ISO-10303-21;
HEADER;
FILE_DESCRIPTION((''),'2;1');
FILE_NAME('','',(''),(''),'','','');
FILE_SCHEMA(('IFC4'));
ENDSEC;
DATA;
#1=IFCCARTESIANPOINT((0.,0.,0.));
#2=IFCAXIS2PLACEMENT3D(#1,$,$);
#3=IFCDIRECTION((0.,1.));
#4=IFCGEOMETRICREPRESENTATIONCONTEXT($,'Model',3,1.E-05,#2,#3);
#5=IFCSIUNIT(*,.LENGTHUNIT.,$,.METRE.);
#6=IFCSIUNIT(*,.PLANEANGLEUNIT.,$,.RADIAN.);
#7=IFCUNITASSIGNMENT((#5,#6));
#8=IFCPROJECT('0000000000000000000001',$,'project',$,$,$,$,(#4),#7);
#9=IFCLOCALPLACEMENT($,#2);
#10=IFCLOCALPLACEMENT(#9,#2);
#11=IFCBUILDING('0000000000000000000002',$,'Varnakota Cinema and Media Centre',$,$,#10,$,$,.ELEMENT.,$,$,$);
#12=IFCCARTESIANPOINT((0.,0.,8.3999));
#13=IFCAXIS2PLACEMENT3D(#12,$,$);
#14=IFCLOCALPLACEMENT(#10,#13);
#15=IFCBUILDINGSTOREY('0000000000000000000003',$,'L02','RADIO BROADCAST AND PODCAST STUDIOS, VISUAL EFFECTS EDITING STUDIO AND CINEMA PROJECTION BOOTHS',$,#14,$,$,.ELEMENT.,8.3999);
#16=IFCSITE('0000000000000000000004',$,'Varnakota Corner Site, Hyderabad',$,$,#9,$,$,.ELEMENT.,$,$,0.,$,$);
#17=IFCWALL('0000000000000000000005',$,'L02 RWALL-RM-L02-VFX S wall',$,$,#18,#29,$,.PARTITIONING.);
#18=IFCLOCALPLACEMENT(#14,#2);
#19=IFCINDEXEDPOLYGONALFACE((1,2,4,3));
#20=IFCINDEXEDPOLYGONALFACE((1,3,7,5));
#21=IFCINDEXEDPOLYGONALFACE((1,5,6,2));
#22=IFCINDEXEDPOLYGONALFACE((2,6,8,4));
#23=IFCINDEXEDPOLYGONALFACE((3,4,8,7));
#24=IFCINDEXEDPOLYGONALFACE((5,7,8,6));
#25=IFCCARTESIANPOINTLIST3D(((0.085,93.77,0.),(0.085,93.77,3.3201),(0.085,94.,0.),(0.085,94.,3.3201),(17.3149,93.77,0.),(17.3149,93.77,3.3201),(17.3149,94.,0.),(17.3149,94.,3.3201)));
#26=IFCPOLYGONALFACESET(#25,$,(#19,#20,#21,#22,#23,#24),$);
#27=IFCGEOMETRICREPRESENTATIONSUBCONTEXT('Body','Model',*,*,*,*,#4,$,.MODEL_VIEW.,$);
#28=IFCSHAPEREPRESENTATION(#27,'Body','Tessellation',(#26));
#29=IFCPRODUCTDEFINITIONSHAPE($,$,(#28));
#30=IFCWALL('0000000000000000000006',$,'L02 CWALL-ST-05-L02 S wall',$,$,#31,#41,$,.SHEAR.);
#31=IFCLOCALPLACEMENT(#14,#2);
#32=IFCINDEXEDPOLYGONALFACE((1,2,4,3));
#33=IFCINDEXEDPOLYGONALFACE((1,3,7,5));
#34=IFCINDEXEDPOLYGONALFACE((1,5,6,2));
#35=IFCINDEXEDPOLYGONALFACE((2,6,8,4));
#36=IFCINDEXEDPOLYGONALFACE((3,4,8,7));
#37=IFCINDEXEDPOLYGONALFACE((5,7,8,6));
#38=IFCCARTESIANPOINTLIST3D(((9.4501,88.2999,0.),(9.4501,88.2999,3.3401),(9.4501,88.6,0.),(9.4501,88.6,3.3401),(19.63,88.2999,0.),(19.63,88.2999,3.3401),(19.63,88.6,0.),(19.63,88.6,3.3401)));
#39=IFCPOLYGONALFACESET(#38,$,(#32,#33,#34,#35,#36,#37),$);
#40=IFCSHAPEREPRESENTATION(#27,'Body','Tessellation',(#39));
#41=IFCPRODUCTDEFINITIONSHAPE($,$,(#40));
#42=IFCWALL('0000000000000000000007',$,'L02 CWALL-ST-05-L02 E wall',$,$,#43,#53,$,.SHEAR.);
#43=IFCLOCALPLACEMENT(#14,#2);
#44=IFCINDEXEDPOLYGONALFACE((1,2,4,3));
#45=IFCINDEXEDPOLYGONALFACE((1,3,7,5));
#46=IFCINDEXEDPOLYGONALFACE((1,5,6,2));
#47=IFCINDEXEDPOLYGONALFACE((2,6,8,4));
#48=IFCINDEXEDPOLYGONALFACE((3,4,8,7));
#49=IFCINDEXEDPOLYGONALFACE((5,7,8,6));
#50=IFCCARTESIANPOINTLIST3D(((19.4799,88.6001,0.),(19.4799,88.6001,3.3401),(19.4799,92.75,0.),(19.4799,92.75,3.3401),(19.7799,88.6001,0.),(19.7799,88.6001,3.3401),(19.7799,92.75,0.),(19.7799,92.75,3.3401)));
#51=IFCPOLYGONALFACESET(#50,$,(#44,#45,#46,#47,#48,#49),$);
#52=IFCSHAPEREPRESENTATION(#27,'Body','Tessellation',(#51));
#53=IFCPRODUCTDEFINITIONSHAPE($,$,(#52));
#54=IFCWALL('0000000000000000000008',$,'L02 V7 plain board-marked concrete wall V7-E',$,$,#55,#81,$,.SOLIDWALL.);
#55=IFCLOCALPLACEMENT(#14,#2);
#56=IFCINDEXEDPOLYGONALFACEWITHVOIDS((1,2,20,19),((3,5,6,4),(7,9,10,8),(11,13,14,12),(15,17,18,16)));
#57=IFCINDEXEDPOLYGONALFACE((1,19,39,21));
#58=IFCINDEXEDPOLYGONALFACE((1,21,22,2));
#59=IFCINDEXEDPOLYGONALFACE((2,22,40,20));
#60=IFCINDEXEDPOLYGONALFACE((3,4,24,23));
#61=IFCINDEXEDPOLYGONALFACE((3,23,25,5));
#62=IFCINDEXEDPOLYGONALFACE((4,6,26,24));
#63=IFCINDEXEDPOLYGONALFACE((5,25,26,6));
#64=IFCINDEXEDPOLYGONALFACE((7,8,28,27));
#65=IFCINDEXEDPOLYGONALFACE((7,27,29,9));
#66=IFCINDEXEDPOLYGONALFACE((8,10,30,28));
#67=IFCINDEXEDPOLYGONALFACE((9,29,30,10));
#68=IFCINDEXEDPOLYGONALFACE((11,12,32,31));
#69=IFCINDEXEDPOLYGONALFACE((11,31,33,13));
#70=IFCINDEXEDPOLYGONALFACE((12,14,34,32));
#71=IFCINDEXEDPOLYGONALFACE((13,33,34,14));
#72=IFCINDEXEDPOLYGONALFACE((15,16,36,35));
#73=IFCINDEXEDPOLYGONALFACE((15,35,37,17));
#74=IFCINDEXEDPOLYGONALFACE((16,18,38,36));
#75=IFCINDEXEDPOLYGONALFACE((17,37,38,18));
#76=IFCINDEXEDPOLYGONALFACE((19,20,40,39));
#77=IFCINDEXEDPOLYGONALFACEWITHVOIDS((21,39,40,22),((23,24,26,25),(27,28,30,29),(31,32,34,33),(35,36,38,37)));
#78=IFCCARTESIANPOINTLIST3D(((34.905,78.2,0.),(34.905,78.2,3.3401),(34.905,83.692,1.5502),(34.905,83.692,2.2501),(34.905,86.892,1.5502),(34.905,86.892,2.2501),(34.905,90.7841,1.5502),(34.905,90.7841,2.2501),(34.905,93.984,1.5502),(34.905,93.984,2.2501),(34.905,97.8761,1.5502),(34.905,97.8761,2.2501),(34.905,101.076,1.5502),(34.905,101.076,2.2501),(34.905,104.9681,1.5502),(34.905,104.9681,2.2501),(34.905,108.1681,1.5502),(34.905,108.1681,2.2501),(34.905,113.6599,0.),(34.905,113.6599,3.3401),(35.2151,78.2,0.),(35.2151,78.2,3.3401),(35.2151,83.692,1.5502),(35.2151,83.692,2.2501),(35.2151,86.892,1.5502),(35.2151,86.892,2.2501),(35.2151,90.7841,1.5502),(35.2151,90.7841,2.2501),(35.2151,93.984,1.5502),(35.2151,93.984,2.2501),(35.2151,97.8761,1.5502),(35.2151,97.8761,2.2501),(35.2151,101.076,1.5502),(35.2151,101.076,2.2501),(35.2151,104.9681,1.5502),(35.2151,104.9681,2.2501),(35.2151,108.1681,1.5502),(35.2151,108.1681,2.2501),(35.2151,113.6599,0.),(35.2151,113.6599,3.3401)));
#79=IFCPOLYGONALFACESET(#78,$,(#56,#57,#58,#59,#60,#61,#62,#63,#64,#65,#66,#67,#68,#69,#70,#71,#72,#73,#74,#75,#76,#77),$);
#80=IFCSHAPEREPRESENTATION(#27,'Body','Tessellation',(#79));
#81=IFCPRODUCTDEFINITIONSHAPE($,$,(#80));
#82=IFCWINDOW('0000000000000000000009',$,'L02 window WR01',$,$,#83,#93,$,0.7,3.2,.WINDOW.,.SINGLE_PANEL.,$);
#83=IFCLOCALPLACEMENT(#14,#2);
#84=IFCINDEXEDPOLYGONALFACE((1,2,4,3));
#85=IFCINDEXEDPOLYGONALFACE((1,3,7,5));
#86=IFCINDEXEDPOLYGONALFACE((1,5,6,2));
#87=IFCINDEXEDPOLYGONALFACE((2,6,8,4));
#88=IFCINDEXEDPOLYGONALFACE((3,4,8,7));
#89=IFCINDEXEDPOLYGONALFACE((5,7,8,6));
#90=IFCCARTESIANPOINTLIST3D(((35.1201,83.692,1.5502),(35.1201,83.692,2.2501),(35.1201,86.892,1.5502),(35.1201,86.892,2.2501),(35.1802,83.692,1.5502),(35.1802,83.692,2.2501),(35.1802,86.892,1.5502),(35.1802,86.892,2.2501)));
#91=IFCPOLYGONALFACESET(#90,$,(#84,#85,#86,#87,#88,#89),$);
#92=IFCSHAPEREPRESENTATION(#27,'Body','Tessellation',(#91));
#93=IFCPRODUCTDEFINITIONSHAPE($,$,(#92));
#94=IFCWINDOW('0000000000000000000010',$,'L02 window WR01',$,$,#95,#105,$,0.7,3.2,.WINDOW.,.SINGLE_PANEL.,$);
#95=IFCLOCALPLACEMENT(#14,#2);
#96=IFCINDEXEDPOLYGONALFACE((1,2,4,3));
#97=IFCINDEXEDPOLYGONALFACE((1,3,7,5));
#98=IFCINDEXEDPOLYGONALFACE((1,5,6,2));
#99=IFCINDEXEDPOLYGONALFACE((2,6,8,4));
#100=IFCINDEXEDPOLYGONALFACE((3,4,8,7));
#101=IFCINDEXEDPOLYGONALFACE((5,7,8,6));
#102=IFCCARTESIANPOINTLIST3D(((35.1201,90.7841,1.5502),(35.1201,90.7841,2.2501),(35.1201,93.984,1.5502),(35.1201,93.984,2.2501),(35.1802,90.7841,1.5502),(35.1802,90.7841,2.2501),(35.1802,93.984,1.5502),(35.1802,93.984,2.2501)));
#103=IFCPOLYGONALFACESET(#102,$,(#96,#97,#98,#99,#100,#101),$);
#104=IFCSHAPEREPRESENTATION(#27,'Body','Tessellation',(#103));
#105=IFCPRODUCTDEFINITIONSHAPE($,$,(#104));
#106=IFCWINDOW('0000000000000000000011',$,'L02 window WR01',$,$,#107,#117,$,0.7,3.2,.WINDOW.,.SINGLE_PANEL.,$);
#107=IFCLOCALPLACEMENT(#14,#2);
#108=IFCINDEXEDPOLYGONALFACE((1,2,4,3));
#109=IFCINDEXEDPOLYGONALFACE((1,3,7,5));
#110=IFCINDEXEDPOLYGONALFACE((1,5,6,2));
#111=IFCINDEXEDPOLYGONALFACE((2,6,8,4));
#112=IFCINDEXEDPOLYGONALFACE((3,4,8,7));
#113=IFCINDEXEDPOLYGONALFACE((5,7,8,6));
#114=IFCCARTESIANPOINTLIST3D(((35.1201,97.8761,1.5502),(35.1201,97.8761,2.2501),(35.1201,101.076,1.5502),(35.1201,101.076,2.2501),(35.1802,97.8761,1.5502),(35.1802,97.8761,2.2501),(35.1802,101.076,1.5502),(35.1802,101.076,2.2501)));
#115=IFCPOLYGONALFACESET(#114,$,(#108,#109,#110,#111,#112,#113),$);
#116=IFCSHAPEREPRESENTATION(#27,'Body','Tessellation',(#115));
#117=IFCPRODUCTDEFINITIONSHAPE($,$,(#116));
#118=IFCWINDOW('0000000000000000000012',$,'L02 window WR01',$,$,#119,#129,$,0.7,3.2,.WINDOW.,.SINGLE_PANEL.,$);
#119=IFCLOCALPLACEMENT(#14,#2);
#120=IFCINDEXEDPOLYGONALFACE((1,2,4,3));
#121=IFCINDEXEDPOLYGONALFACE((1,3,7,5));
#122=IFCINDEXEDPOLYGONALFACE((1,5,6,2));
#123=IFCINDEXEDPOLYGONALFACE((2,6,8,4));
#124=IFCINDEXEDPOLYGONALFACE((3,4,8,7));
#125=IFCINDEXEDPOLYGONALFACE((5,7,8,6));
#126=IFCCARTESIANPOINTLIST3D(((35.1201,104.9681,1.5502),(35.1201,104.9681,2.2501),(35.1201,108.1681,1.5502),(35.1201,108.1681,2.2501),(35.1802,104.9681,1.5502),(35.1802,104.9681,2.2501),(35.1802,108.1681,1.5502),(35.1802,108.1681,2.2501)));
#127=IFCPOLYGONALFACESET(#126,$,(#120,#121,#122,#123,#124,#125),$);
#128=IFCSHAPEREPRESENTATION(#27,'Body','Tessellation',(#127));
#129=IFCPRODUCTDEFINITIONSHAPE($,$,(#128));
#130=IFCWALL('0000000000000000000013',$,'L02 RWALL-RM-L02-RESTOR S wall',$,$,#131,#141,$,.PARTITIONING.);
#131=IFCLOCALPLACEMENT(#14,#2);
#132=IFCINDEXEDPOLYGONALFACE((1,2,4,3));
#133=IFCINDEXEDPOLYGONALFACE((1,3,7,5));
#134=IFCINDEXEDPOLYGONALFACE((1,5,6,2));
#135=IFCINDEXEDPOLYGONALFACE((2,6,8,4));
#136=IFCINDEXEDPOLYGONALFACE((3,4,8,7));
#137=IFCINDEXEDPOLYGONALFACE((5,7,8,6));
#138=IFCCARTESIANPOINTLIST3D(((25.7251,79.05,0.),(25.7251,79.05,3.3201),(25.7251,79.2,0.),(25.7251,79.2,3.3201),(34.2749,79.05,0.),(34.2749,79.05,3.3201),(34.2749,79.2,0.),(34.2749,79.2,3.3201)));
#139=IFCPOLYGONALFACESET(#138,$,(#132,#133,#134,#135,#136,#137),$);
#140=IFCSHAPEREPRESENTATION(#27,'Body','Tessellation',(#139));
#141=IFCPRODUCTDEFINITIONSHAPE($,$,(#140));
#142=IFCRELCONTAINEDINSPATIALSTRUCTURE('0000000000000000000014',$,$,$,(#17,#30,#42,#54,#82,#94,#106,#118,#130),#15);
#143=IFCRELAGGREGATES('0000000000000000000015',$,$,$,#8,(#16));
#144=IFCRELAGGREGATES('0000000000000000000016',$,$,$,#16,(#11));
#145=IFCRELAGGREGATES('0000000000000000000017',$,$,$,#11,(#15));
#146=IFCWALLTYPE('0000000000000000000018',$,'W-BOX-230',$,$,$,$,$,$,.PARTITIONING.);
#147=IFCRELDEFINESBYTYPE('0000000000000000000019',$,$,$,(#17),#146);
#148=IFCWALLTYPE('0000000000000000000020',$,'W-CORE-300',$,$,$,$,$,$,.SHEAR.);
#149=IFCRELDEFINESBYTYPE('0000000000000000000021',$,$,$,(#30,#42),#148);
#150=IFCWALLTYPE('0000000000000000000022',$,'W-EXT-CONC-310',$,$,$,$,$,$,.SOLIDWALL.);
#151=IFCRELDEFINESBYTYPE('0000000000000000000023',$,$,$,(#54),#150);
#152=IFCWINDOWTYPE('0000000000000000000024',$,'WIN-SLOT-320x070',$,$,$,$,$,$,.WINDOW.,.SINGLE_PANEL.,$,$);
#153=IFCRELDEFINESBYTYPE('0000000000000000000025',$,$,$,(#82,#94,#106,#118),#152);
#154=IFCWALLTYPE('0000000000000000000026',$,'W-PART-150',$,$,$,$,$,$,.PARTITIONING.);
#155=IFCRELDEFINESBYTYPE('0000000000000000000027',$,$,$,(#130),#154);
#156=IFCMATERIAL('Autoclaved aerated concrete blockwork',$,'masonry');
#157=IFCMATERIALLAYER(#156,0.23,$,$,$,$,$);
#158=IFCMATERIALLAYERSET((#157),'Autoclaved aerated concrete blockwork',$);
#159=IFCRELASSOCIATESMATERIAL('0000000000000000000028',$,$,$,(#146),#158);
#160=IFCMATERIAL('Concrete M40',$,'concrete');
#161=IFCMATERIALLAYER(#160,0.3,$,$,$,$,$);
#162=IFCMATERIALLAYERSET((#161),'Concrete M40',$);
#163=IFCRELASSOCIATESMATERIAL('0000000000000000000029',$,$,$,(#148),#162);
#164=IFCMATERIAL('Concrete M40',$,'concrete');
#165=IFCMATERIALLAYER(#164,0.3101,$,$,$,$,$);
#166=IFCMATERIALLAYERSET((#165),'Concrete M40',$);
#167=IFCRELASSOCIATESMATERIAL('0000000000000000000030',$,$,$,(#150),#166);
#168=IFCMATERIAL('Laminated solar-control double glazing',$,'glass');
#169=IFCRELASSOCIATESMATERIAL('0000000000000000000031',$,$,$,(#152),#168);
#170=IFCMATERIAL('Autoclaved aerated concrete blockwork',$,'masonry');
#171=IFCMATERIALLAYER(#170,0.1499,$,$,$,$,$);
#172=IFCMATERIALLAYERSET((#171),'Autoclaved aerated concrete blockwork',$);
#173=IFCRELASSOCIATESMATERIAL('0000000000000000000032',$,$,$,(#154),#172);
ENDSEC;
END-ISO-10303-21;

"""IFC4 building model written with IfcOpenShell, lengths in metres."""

from ifc_helpers import new_model, si_unit, direction, frame, frame_2d, origin, place, context, subcontext, project, spatial, rectangle, extrude, material, layer, layer_set, type_object, element, fill, save


model = new_model("IFC4")

# Units and contexts
model_context = context("Model", 3, precision=1e-05, world=origin(), true_north=direction((0.0, 1.0)))
body_context = subcontext(model_context, "Body", "Model", "MODEL_VIEW")
ifc_project = project(units=[si_unit("LENGTHUNIT", "METRE"), si_unit("PLANEANGLEUNIT", "RADIAN")], contexts=[model_context])

# Site, building, storey
site_placement = place(None, origin())
site = spatial("IfcSite", under=ifc_project, at=site_placement, Name="Varnakota Corner Site, Hyderabad", CompositionType="ELEMENT", RefElevation=0.0)
building_placement = place(site_placement, origin())
building = spatial("IfcBuilding", under=site, at=building_placement, Name="Varnakota Cinema and Media Centre", CompositionType="ELEMENT")
storey_placement = place(building_placement, frame((0.0, 0.0, 8.3999)))
storey = spatial("IfcBuildingStorey", under=building, at=storey_placement, Name="L02", Description="RADIO BROADCAST AND PODCAST STUDIOS, VISUAL EFFECTS EDITING STUDIO AND CINEMA PROJECTION BOOTHS", CompositionType="ELEMENT", Elevation=8.3999)

# Walls
ifc_material_1 = material(Name="Autoclaved aerated concrete blockwork", Category="masonry")
ifc_layer_1 = layer(ifc_material_1, 0.23)
ifc_layer_set_1 = layer_set([ifc_layer_1], Name="Autoclaved aerated concrete blockwork")
wall_type_1 = type_object("IfcWallType", Name="W-BOX-230", PredefinedType="PARTITIONING", material=ifc_layer_set_1)
wall_1_placement = place(storey_placement, frame((17.3149, 93.885, 0.0), z_axis=(0.0, 0.0, 1.0), x_axis=(-1.0, 0.0, 0.0)))
element("IfcWall", 1, at=wall_1_placement, inside=storey, type_object=wall_type_1, Name="L02 RWALL-RM-L02-VFX S wall", PredefinedType="PARTITIONING", context=body_context, shape_type="SweptSolid", body=[
    extrude(rectangle(XDim=17.23, YDim=0.23, at=frame_2d((8.615, 0.0))), origin(), (0.0, 0.0, 1.0), 3.3201),
])
ifc_material_2 = material(Name="Concrete M40", Category="concrete")
ifc_layer_2 = layer(ifc_material_2, 0.3)
ifc_layer_set_2 = layer_set([ifc_layer_2], Name="Concrete M40")
wall_type_2 = type_object("IfcWallType", Name="W-CORE-300", PredefinedType="SHEAR", material=ifc_layer_set_2)
wall_2_placement = place(storey_placement, frame((19.6299, 88.45, 0.0), z_axis=(0.0, 0.0, 1.0), x_axis=(-1.0, 0.0, 0.0)))
element("IfcWall", 2, at=wall_2_placement, inside=storey, type_object=wall_type_2, Name="L02 CWALL-ST-05-L02 S wall", PredefinedType="SHEAR", context=body_context, shape_type="SweptSolid", body=[
    extrude(rectangle(XDim=10.1799, YDim=0.3, at=frame_2d((5.0898, 0.0))), origin(), (0.0, 0.0, 1.0), 3.3401),
])
wall_3_placement = place(storey_placement, frame((19.6299, 92.75, 0.0), z_axis=(0.0, 0.0, 1.0), x_axis=(0.0, -1.0, 0.0)))
element("IfcWall", 3, at=wall_3_placement, inside=storey, type_object=wall_type_2, Name="L02 CWALL-ST-05-L02 E wall", PredefinedType="SHEAR", context=body_context, shape_type="SweptSolid", body=[
    extrude(rectangle(XDim=4.1499, YDim=0.3, at=frame_2d((2.075, 0.0))), origin(), (0.0, 0.0, 1.0), 3.3401),
])

# Wall, openings, windows
ifc_material_3 = material(Name="Concrete M40", Category="concrete")
ifc_layer_3 = layer(ifc_material_3, 0.3101)
ifc_layer_set_3 = layer_set([ifc_layer_3], Name="Concrete M40")
wall_type_3 = type_object("IfcWallType", Name="W-EXT-CONC-310", PredefinedType="SOLIDWALL", material=ifc_layer_set_3)
wall_4_placement = place(storey_placement, frame((35.0601, 78.2, 0.0), z_axis=(0.0, 0.0, 1.0), x_axis=(0.0, 1.0, 0.0)))
wall_4 = element("IfcWall", 4, at=wall_4_placement, inside=storey, type_object=wall_type_3, Name="L02 V7 plain board-marked concrete wall V7-E", PredefinedType="SOLIDWALL", context=body_context, shape_type="SweptSolid", body=[
    extrude(rectangle(XDim=35.46, YDim=0.3101, at=frame_2d((17.73, 0.0))), origin(), (0.0, 0.0, 1.0), 3.3401),
])
opening_1_placement = place(wall_4_placement, frame((5.4919, 0.0, 1.55)))
opening_1 = element("IfcOpeningElement", 5, at=opening_1_placement, cuts=wall_4, PredefinedType="OPENING", context=body_context, shape_type="SweptSolid", body=[
    extrude(rectangle(XDim=3.2, YDim=0.7, at=frame_2d((1.6001, 0.3501))), frame((0.0, 0.155, 0.0), z_axis=(0.0, -1.0, 0.0), x_axis=(1.0, 0.0, 0.0)), (0.0, 0.0, 1.0), 0.3101),
])
opening_2_placement = place(wall_4_placement, frame((12.584, 0.0, 1.55)))
opening_2 = element("IfcOpeningElement", 6, at=opening_2_placement, cuts=wall_4, PredefinedType="OPENING", context=body_context, shape_type="SweptSolid", body=[
    extrude(rectangle(XDim=3.2, YDim=0.7, at=frame_2d((1.6001, 0.3501))), frame((0.0, 0.155, 0.0), z_axis=(0.0, -1.0, 0.0), x_axis=(1.0, 0.0, 0.0)), (0.0, 0.0, 1.0), 0.3101),
])
opening_3_placement = place(wall_4_placement, frame((19.676, 0.0, 1.55)))
opening_3 = element("IfcOpeningElement", 7, at=opening_3_placement, cuts=wall_4, PredefinedType="OPENING", context=body_context, shape_type="SweptSolid", body=[
    extrude(rectangle(XDim=3.2, YDim=0.7, at=frame_2d((1.6001, 0.3501))), frame((0.0, 0.155, 0.0), z_axis=(0.0, -1.0, 0.0), x_axis=(1.0, 0.0, 0.0)), (0.0, 0.0, 1.0), 0.3101),
])
opening_4_placement = place(wall_4_placement, frame((26.7681, 0.0, 1.55)))
opening_4 = element("IfcOpeningElement", 8, at=opening_4_placement, cuts=wall_4, PredefinedType="OPENING", context=body_context, shape_type="SweptSolid", body=[
    extrude(rectangle(XDim=3.2, YDim=0.7, at=frame_2d((1.6001, 0.3501))), frame((0.0, 0.155, 0.0), z_axis=(0.0, -1.0, 0.0), x_axis=(1.0, 0.0, 0.0)), (0.0, 0.0, 1.0), 0.3101),
])
ifc_material_4 = material(Name="Laminated solar-control double glazing", Category="glass")
window_type = type_object("IfcWindowType", Name="WIN-SLOT-320x070", PartitioningType="SINGLE_PANEL", PredefinedType="WINDOW", material=ifc_material_4)
window_1_placement = place(opening_1_placement, origin())
window_1 = element("IfcWindow", 9, at=window_1_placement, inside=storey, type_object=window_type, Name="L02 window WR01", OverallHeight=0.7, OverallWidth=3.2, PartitioningType="SINGLE_PANEL", PredefinedType="WINDOW", context=body_context, shape_type="SweptSolid", body=[
    extrude(rectangle(XDim=3.2, YDim=0.7, at=frame_2d((1.6001, 0.3501))), frame((0.0, -0.0601, 0.0), z_axis=(0.0, -1.0, 0.0), x_axis=(1.0, 0.0, 0.0)), (0.0, 0.0, 1.0), 0.0601),
])
fill(opening_1, window_1)
window_2_placement = place(opening_2_placement, origin())
window_2 = element("IfcWindow", 10, at=window_2_placement, inside=storey, type_object=window_type, Name="L02 window WR01", OverallHeight=0.7, OverallWidth=3.2, PartitioningType="SINGLE_PANEL", PredefinedType="WINDOW", context=body_context, shape_type="SweptSolid", body=[
    extrude(rectangle(XDim=3.2, YDim=0.7, at=frame_2d((1.6001, 0.3501))), frame((0.0, -0.0601, 0.0), z_axis=(0.0, -1.0, 0.0), x_axis=(1.0, 0.0, 0.0)), (0.0, 0.0, 1.0), 0.0601),
])
fill(opening_2, window_2)
window_3_placement = place(opening_3_placement, origin())
window_3 = element("IfcWindow", 11, at=window_3_placement, inside=storey, type_object=window_type, Name="L02 window WR01", OverallHeight=0.7, OverallWidth=3.2, PartitioningType="SINGLE_PANEL", PredefinedType="WINDOW", context=body_context, shape_type="SweptSolid", body=[
    extrude(rectangle(XDim=3.2, YDim=0.7, at=frame_2d((1.6001, 0.3501))), frame((0.0, -0.0601, 0.0), z_axis=(0.0, -1.0, 0.0), x_axis=(1.0, 0.0, 0.0)), (0.0, 0.0, 1.0), 0.0601),
])
fill(opening_3, window_3)
window_4_placement = place(opening_4_placement, origin())
window_4 = element("IfcWindow", 12, at=window_4_placement, inside=storey, type_object=window_type, Name="L02 window WR01", OverallHeight=0.7, OverallWidth=3.2, PartitioningType="SINGLE_PANEL", PredefinedType="WINDOW", context=body_context, shape_type="SweptSolid", body=[
    extrude(rectangle(XDim=3.2, YDim=0.7, at=frame_2d((1.6001, 0.3501))), frame((0.0, -0.0601, 0.0), z_axis=(0.0, -1.0, 0.0), x_axis=(1.0, 0.0, 0.0)), (0.0, 0.0, 1.0), 0.0601),
])
fill(opening_4, window_4)

# Wall
ifc_material_5 = material(Name="Autoclaved aerated concrete blockwork", Category="masonry")
ifc_layer_4 = layer(ifc_material_5, 0.1499)
ifc_layer_set_4 = layer_set([ifc_layer_4], Name="Autoclaved aerated concrete blockwork")
wall_type_4 = type_object("IfcWallType", Name="W-PART-150", PredefinedType="PARTITIONING", material=ifc_layer_set_4)
wall_5_placement = place(storey_placement, frame((34.2749, 79.125, 0.0), z_axis=(0.0, 0.0, 1.0), x_axis=(-1.0, 0.0, 0.0)))
element("IfcWall", 13, at=wall_5_placement, inside=storey, type_object=wall_type_4, Name="L02 RWALL-RM-L02-RESTOR S wall", PredefinedType="PARTITIONING", context=body_context, shape_type="SweptSolid", body=[
    extrude(rectangle(XDim=8.5498, YDim=0.1499, at=frame_2d((4.2749, 0.0))), origin(), (0.0, 0.0, 1.0), 3.3201),
])

save(model, "model.ifc")
